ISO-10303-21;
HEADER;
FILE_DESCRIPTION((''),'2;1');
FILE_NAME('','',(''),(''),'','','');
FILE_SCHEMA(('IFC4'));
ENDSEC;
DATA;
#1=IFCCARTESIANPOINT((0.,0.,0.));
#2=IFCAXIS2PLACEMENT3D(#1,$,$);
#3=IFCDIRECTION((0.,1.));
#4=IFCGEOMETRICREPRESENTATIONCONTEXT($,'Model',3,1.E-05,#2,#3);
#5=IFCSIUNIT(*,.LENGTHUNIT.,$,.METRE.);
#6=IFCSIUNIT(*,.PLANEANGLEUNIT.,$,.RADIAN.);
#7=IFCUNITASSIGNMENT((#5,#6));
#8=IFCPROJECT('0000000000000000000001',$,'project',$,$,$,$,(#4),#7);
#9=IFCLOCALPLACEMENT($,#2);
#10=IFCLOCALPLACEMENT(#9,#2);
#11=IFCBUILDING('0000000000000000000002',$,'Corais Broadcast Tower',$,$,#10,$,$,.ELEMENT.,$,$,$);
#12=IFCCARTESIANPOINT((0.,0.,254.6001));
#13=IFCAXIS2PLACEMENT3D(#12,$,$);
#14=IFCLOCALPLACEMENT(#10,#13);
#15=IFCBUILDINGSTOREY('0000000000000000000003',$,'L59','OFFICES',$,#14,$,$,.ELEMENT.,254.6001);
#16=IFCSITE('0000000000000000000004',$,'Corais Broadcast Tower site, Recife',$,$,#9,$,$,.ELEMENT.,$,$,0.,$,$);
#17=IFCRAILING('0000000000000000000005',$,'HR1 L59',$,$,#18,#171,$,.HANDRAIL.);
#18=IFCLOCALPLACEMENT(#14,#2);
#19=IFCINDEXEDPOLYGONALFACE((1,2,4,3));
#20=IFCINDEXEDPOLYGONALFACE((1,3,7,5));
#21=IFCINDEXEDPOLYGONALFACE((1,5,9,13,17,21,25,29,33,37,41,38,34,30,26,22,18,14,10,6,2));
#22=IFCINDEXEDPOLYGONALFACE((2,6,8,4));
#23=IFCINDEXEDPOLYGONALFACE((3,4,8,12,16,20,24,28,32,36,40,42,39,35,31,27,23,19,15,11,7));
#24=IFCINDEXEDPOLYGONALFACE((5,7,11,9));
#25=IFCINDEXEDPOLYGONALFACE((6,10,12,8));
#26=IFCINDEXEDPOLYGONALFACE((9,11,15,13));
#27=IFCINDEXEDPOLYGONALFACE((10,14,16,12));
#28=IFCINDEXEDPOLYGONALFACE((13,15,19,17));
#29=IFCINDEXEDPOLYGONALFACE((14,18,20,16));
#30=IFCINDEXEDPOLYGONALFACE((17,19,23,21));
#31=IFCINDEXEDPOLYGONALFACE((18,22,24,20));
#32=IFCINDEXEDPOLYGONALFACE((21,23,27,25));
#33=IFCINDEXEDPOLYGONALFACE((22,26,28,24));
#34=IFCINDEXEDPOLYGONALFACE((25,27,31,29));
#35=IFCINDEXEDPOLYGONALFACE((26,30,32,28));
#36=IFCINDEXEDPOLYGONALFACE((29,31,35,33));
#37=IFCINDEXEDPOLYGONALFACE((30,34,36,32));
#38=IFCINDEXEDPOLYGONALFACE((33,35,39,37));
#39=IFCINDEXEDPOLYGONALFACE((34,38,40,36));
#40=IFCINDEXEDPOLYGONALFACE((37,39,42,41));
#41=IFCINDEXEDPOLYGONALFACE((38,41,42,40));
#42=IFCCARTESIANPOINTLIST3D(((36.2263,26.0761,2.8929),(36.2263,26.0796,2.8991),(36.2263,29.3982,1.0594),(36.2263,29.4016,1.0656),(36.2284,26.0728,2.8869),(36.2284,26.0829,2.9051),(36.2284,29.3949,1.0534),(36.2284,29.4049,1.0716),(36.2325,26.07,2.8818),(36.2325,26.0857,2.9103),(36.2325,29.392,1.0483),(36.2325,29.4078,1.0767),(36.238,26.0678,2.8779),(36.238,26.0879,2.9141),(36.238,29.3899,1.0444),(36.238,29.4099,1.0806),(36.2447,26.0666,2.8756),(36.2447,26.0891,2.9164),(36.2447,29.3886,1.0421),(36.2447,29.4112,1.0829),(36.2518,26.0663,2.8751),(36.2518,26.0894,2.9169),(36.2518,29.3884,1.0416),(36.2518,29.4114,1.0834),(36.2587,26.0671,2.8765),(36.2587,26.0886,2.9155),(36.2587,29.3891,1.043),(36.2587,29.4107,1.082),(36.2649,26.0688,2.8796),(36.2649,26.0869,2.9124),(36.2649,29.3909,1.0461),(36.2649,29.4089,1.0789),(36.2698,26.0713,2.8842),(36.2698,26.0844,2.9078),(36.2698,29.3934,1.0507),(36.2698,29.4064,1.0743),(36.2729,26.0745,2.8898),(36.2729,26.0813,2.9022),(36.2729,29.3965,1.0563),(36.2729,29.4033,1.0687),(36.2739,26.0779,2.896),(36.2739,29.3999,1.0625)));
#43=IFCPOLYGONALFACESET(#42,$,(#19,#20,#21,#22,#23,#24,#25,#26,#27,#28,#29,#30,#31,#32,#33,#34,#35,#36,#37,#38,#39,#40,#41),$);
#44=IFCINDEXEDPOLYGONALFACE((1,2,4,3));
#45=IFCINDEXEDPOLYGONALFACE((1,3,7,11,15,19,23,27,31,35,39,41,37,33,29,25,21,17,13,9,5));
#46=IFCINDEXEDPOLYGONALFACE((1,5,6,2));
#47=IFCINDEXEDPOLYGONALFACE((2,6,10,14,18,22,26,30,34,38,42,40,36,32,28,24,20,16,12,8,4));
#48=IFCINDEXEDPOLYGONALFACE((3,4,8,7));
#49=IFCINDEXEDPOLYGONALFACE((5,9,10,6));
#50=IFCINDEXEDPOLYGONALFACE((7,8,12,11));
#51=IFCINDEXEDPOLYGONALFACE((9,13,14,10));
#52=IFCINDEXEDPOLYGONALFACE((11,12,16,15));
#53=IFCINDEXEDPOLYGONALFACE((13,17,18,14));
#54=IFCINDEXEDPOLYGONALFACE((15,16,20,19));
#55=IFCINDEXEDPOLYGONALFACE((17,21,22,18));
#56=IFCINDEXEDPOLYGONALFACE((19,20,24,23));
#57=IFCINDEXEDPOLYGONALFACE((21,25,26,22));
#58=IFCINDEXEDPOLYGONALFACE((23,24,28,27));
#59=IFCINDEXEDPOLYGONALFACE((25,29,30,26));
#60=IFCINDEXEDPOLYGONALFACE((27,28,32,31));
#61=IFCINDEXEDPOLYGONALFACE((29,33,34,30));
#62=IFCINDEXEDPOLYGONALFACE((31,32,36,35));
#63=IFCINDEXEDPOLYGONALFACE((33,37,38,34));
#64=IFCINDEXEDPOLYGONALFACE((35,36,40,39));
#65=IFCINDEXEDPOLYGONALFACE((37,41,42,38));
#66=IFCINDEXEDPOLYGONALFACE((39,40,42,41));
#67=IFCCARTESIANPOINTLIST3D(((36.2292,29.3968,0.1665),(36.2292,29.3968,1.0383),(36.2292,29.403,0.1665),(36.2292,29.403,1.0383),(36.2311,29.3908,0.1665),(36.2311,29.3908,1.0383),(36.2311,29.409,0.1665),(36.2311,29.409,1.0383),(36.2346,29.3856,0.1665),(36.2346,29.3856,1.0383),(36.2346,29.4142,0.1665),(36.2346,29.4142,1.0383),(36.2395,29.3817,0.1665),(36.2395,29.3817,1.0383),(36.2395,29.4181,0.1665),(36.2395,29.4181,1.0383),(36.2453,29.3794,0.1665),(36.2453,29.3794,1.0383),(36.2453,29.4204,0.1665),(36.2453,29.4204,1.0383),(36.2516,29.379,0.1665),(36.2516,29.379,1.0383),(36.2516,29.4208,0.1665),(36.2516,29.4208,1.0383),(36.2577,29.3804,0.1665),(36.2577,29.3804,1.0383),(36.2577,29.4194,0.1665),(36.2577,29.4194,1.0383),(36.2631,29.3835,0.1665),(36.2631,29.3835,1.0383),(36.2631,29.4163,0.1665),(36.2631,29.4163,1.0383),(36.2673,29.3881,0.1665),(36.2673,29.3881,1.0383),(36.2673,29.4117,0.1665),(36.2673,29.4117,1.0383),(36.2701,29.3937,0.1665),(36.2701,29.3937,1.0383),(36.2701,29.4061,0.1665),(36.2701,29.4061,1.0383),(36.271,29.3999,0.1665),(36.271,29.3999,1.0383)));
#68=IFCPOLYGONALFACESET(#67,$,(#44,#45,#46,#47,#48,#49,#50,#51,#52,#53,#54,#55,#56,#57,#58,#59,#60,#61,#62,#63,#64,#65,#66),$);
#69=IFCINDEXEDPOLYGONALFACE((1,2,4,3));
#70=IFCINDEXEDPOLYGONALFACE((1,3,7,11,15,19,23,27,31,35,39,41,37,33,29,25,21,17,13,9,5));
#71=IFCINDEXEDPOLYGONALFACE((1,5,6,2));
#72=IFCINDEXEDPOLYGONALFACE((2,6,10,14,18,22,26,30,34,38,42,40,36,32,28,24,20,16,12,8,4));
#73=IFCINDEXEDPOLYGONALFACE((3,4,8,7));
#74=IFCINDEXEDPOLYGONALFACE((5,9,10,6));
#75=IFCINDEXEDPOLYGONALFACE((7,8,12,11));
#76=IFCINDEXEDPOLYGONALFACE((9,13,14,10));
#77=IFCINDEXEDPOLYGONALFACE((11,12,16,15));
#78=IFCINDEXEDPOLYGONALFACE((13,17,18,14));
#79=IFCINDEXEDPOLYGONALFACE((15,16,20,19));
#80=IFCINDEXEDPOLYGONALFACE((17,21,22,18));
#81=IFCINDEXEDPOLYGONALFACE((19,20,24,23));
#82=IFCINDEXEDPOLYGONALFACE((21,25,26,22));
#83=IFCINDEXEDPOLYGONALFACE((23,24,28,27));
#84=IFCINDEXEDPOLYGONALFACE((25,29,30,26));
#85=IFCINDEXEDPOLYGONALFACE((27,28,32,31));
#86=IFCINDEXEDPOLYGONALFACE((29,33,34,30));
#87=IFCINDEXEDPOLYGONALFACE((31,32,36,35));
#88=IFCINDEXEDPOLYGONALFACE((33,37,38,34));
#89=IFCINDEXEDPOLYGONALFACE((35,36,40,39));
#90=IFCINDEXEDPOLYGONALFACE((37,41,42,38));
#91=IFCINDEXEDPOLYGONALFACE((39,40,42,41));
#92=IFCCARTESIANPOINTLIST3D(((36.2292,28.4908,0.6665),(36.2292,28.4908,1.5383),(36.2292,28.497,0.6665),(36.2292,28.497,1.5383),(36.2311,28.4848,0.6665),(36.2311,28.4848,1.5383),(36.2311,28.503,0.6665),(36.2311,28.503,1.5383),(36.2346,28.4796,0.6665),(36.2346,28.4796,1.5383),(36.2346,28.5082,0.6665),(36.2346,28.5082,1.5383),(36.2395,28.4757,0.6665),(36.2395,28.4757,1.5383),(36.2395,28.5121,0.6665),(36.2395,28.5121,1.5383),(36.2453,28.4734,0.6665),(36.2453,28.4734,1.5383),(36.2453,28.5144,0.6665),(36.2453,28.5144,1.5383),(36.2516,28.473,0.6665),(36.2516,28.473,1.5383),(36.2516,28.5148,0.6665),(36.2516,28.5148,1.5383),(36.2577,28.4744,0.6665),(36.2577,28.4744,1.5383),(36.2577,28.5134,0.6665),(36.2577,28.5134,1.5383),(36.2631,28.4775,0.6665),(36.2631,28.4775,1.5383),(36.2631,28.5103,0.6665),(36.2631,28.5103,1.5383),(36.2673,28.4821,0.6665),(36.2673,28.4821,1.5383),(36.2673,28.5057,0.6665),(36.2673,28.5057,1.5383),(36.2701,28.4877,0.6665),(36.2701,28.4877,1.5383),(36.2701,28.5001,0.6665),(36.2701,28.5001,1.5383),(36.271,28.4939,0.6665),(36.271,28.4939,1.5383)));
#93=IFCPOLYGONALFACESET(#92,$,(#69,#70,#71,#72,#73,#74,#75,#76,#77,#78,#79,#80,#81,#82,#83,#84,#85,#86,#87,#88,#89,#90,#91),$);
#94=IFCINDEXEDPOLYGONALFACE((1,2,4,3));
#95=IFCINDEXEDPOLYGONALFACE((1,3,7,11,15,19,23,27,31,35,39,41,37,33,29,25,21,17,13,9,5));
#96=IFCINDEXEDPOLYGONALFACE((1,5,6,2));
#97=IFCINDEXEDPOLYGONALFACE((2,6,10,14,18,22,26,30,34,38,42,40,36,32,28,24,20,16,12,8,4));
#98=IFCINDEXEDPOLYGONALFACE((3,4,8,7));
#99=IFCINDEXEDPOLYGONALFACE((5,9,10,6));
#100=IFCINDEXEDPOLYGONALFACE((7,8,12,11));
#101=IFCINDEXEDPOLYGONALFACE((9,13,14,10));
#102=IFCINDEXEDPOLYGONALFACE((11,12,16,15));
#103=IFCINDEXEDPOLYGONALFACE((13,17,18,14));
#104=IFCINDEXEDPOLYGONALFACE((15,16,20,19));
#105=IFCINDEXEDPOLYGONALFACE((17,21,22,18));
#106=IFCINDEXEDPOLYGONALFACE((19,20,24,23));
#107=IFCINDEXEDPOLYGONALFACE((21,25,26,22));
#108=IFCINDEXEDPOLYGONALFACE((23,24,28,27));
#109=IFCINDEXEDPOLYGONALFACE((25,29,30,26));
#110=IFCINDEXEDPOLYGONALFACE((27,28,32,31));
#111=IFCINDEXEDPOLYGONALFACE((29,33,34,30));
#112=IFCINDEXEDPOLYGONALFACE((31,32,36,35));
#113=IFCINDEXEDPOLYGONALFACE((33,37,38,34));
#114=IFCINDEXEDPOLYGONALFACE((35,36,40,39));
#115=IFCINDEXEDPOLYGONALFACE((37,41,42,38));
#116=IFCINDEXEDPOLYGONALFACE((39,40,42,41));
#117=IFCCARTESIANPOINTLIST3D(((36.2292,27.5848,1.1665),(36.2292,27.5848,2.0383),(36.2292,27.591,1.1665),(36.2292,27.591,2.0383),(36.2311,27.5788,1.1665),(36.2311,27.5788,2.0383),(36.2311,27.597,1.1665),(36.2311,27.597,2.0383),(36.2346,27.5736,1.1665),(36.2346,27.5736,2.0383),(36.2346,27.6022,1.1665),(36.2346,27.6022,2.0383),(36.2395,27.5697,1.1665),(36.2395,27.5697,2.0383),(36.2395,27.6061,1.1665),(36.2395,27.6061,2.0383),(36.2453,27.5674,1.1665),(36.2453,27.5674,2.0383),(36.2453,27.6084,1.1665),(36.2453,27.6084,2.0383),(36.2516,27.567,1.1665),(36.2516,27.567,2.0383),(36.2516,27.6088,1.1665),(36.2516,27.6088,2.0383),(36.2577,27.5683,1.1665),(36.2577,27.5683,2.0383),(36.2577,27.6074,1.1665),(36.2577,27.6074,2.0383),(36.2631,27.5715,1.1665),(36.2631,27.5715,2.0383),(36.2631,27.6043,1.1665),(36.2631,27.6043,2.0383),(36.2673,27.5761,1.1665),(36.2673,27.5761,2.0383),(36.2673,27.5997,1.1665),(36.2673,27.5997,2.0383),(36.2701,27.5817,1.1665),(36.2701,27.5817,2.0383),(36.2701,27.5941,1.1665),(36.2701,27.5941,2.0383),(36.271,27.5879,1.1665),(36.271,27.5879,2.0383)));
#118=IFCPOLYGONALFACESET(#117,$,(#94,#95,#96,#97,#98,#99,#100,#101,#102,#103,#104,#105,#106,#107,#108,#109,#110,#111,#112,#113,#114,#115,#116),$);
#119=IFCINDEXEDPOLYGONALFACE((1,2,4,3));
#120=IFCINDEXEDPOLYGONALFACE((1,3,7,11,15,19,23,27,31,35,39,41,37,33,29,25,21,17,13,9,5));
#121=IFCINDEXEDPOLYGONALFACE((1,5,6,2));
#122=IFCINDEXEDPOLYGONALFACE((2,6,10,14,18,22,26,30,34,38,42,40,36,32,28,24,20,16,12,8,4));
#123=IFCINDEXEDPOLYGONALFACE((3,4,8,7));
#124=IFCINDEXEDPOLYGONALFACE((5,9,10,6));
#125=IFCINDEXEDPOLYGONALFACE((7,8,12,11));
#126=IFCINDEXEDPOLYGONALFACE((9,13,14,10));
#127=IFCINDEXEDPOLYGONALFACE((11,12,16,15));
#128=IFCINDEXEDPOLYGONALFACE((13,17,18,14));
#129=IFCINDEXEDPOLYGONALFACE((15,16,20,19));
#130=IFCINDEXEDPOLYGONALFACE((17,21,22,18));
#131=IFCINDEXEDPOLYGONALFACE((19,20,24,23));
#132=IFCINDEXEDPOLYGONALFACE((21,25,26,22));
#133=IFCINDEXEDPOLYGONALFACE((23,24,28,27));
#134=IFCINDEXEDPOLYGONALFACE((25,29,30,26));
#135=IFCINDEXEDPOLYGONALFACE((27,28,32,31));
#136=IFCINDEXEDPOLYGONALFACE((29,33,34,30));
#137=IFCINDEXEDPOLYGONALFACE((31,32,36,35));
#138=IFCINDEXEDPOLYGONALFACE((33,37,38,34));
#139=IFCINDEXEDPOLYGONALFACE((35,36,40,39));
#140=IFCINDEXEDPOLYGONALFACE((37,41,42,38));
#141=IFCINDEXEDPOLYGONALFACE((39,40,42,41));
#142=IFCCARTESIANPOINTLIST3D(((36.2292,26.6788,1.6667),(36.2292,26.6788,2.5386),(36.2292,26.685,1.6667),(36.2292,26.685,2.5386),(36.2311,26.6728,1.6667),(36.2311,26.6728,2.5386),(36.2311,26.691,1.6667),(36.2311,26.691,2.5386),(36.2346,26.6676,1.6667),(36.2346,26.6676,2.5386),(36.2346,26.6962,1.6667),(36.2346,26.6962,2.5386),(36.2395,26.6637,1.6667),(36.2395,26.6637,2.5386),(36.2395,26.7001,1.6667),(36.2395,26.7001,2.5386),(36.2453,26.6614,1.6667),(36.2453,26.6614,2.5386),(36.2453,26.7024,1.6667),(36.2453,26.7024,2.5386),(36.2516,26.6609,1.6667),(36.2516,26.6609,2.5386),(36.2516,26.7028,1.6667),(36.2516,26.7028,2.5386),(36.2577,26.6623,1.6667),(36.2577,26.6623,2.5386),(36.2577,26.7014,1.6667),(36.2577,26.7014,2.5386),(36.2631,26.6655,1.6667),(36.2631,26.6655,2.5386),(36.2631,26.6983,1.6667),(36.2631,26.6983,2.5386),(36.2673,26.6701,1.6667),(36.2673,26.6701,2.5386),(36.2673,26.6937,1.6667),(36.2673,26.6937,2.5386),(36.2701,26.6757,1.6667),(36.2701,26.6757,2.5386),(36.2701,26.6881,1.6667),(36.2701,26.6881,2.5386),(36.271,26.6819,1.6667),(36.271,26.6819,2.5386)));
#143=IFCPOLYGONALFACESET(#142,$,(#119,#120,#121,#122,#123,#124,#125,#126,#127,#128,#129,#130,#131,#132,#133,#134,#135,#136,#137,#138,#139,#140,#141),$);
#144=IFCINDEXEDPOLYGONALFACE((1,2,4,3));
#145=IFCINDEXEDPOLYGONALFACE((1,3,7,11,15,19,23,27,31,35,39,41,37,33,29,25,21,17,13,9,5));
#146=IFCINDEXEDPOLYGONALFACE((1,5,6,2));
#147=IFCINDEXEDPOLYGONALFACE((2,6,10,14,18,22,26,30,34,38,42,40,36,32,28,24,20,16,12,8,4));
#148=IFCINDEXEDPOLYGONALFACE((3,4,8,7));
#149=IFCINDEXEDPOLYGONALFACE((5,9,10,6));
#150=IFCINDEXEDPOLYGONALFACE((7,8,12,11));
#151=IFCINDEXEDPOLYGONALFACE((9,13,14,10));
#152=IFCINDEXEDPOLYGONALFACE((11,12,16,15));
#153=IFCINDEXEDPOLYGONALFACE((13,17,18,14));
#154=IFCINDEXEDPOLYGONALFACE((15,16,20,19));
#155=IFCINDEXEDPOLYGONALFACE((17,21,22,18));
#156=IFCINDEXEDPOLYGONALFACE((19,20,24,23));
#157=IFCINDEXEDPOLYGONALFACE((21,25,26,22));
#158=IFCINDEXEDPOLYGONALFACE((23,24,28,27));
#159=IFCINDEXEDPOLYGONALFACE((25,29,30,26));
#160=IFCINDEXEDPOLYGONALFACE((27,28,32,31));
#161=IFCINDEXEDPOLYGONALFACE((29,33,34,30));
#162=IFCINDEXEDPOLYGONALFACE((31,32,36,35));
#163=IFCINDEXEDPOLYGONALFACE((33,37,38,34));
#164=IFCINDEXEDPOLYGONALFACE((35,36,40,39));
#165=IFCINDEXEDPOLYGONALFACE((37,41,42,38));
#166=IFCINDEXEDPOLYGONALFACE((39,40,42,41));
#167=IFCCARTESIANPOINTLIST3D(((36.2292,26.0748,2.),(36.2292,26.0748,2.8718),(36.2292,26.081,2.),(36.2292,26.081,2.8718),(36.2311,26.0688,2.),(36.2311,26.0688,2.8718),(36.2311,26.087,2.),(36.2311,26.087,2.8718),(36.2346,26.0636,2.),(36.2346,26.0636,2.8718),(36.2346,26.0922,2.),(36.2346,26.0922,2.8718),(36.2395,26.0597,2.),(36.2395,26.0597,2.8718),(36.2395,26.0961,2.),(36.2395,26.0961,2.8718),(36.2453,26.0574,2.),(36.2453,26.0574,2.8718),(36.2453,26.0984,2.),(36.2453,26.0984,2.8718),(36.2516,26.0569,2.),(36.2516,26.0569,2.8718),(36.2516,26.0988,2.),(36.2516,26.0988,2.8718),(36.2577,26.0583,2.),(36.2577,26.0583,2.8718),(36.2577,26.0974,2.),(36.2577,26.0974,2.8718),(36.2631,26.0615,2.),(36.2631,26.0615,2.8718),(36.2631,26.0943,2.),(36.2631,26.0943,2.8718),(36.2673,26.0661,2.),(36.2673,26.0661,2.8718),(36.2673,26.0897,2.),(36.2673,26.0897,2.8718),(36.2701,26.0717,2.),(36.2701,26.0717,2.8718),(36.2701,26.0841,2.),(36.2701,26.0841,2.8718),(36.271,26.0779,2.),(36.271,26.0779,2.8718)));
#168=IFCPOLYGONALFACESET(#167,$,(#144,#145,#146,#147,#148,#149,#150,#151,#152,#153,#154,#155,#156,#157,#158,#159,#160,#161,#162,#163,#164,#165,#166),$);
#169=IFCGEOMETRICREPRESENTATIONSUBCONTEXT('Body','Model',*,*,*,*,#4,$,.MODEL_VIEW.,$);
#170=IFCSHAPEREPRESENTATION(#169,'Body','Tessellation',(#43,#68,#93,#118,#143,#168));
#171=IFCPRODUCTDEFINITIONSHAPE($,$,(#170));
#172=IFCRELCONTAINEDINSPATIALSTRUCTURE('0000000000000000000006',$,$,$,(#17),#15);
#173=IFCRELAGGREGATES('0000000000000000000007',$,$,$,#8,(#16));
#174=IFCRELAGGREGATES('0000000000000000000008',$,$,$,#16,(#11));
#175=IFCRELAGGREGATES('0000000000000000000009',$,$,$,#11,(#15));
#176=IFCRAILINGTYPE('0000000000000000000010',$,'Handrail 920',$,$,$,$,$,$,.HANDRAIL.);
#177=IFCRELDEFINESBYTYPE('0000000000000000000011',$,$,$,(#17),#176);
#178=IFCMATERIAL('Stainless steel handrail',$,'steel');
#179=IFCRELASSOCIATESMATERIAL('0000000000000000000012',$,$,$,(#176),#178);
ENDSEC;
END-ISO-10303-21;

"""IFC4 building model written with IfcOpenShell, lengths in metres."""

from ifc_helpers import new_model, si_unit, direction, frame, origin, origin_2d, place, context, subcontext, project, spatial, circle, extrude, material, type_object, element, save


model = new_model("IFC4")

# Units and contexts
model_context = context("Model", 3, precision=1e-05, world=origin(), true_north=direction((0.0, 1.0)))
body_context = subcontext(model_context, "Body", "Model", "MODEL_VIEW")
ifc_project = project(units=[si_unit("LENGTHUNIT", "METRE"), si_unit("PLANEANGLEUNIT", "RADIAN")], contexts=[model_context])

# Site, building, storey
site_placement = place(None, origin())
site = spatial("IfcSite", under=ifc_project, at=site_placement, Name="Corais Broadcast Tower site, Recife", CompositionType="ELEMENT", RefElevation=0.0)
building_placement = place(site_placement, origin())
building = spatial("IfcBuilding", under=site, at=building_placement, Name="Corais Broadcast Tower", CompositionType="ELEMENT")
storey_placement = place(building_placement, frame((0.0, 0.0, 254.6001)))
storey = spatial("IfcBuildingStorey", under=building, at=storey_placement, Name="L59", Description="OFFICES", CompositionType="ELEMENT", Elevation=254.6001)

# Railing
ifc_material_1 = material(Name="Stainless steel handrail", Category="steel")
railing_type = type_object("IfcRailingType", Name="Handrail 920", PredefinedType="HANDRAIL", material=ifc_material_1)
for number, where, name in (
    (1, (36.25, 29.3999, 0.1665), "HR1 L59"),
):
    element("IfcRailing", number, at=place(storey_placement, frame(where)), inside=storey, type_object=railing_type, Name=name, PredefinedType="HANDRAIL", context=body_context, shape_type="SweptSolid", body=[
        extrude(circle(Radius=0.0239, at=origin_2d()), frame((0.0, 0.0, 0.896), z_axis=(0.0, -0.875504, 0.48321), x_axis=(1.0, 0.0, 0.0)), (0.0, 0.0, 1.0), 3.7944),
        extrude(circle(Radius=0.021, at=origin_2d()), origin(), (0.0, 0.0, 1.0), 0.8718),
        extrude(circle(Radius=0.021, at=origin_2d()), frame((0.0, -0.906, 0.5)), (0.0, 0.0, 1.0), 0.8718),
        extrude(circle(Radius=0.021, at=origin_2d()), frame((0.0, -1.812, 1.0)), (0.0, 0.0, 1.0), 0.8718),
        extrude(circle(Radius=0.021, at=origin_2d()), frame((0.0, -2.718, 1.5002)), (0.0, 0.0, 1.0), 0.8718),
        extrude(circle(Radius=0.021, at=origin_2d()), frame((0.0, -3.322, 1.8335)), (0.0, 0.0, 1.0), 0.8718),
    ])

save(model, "model.ifc")
